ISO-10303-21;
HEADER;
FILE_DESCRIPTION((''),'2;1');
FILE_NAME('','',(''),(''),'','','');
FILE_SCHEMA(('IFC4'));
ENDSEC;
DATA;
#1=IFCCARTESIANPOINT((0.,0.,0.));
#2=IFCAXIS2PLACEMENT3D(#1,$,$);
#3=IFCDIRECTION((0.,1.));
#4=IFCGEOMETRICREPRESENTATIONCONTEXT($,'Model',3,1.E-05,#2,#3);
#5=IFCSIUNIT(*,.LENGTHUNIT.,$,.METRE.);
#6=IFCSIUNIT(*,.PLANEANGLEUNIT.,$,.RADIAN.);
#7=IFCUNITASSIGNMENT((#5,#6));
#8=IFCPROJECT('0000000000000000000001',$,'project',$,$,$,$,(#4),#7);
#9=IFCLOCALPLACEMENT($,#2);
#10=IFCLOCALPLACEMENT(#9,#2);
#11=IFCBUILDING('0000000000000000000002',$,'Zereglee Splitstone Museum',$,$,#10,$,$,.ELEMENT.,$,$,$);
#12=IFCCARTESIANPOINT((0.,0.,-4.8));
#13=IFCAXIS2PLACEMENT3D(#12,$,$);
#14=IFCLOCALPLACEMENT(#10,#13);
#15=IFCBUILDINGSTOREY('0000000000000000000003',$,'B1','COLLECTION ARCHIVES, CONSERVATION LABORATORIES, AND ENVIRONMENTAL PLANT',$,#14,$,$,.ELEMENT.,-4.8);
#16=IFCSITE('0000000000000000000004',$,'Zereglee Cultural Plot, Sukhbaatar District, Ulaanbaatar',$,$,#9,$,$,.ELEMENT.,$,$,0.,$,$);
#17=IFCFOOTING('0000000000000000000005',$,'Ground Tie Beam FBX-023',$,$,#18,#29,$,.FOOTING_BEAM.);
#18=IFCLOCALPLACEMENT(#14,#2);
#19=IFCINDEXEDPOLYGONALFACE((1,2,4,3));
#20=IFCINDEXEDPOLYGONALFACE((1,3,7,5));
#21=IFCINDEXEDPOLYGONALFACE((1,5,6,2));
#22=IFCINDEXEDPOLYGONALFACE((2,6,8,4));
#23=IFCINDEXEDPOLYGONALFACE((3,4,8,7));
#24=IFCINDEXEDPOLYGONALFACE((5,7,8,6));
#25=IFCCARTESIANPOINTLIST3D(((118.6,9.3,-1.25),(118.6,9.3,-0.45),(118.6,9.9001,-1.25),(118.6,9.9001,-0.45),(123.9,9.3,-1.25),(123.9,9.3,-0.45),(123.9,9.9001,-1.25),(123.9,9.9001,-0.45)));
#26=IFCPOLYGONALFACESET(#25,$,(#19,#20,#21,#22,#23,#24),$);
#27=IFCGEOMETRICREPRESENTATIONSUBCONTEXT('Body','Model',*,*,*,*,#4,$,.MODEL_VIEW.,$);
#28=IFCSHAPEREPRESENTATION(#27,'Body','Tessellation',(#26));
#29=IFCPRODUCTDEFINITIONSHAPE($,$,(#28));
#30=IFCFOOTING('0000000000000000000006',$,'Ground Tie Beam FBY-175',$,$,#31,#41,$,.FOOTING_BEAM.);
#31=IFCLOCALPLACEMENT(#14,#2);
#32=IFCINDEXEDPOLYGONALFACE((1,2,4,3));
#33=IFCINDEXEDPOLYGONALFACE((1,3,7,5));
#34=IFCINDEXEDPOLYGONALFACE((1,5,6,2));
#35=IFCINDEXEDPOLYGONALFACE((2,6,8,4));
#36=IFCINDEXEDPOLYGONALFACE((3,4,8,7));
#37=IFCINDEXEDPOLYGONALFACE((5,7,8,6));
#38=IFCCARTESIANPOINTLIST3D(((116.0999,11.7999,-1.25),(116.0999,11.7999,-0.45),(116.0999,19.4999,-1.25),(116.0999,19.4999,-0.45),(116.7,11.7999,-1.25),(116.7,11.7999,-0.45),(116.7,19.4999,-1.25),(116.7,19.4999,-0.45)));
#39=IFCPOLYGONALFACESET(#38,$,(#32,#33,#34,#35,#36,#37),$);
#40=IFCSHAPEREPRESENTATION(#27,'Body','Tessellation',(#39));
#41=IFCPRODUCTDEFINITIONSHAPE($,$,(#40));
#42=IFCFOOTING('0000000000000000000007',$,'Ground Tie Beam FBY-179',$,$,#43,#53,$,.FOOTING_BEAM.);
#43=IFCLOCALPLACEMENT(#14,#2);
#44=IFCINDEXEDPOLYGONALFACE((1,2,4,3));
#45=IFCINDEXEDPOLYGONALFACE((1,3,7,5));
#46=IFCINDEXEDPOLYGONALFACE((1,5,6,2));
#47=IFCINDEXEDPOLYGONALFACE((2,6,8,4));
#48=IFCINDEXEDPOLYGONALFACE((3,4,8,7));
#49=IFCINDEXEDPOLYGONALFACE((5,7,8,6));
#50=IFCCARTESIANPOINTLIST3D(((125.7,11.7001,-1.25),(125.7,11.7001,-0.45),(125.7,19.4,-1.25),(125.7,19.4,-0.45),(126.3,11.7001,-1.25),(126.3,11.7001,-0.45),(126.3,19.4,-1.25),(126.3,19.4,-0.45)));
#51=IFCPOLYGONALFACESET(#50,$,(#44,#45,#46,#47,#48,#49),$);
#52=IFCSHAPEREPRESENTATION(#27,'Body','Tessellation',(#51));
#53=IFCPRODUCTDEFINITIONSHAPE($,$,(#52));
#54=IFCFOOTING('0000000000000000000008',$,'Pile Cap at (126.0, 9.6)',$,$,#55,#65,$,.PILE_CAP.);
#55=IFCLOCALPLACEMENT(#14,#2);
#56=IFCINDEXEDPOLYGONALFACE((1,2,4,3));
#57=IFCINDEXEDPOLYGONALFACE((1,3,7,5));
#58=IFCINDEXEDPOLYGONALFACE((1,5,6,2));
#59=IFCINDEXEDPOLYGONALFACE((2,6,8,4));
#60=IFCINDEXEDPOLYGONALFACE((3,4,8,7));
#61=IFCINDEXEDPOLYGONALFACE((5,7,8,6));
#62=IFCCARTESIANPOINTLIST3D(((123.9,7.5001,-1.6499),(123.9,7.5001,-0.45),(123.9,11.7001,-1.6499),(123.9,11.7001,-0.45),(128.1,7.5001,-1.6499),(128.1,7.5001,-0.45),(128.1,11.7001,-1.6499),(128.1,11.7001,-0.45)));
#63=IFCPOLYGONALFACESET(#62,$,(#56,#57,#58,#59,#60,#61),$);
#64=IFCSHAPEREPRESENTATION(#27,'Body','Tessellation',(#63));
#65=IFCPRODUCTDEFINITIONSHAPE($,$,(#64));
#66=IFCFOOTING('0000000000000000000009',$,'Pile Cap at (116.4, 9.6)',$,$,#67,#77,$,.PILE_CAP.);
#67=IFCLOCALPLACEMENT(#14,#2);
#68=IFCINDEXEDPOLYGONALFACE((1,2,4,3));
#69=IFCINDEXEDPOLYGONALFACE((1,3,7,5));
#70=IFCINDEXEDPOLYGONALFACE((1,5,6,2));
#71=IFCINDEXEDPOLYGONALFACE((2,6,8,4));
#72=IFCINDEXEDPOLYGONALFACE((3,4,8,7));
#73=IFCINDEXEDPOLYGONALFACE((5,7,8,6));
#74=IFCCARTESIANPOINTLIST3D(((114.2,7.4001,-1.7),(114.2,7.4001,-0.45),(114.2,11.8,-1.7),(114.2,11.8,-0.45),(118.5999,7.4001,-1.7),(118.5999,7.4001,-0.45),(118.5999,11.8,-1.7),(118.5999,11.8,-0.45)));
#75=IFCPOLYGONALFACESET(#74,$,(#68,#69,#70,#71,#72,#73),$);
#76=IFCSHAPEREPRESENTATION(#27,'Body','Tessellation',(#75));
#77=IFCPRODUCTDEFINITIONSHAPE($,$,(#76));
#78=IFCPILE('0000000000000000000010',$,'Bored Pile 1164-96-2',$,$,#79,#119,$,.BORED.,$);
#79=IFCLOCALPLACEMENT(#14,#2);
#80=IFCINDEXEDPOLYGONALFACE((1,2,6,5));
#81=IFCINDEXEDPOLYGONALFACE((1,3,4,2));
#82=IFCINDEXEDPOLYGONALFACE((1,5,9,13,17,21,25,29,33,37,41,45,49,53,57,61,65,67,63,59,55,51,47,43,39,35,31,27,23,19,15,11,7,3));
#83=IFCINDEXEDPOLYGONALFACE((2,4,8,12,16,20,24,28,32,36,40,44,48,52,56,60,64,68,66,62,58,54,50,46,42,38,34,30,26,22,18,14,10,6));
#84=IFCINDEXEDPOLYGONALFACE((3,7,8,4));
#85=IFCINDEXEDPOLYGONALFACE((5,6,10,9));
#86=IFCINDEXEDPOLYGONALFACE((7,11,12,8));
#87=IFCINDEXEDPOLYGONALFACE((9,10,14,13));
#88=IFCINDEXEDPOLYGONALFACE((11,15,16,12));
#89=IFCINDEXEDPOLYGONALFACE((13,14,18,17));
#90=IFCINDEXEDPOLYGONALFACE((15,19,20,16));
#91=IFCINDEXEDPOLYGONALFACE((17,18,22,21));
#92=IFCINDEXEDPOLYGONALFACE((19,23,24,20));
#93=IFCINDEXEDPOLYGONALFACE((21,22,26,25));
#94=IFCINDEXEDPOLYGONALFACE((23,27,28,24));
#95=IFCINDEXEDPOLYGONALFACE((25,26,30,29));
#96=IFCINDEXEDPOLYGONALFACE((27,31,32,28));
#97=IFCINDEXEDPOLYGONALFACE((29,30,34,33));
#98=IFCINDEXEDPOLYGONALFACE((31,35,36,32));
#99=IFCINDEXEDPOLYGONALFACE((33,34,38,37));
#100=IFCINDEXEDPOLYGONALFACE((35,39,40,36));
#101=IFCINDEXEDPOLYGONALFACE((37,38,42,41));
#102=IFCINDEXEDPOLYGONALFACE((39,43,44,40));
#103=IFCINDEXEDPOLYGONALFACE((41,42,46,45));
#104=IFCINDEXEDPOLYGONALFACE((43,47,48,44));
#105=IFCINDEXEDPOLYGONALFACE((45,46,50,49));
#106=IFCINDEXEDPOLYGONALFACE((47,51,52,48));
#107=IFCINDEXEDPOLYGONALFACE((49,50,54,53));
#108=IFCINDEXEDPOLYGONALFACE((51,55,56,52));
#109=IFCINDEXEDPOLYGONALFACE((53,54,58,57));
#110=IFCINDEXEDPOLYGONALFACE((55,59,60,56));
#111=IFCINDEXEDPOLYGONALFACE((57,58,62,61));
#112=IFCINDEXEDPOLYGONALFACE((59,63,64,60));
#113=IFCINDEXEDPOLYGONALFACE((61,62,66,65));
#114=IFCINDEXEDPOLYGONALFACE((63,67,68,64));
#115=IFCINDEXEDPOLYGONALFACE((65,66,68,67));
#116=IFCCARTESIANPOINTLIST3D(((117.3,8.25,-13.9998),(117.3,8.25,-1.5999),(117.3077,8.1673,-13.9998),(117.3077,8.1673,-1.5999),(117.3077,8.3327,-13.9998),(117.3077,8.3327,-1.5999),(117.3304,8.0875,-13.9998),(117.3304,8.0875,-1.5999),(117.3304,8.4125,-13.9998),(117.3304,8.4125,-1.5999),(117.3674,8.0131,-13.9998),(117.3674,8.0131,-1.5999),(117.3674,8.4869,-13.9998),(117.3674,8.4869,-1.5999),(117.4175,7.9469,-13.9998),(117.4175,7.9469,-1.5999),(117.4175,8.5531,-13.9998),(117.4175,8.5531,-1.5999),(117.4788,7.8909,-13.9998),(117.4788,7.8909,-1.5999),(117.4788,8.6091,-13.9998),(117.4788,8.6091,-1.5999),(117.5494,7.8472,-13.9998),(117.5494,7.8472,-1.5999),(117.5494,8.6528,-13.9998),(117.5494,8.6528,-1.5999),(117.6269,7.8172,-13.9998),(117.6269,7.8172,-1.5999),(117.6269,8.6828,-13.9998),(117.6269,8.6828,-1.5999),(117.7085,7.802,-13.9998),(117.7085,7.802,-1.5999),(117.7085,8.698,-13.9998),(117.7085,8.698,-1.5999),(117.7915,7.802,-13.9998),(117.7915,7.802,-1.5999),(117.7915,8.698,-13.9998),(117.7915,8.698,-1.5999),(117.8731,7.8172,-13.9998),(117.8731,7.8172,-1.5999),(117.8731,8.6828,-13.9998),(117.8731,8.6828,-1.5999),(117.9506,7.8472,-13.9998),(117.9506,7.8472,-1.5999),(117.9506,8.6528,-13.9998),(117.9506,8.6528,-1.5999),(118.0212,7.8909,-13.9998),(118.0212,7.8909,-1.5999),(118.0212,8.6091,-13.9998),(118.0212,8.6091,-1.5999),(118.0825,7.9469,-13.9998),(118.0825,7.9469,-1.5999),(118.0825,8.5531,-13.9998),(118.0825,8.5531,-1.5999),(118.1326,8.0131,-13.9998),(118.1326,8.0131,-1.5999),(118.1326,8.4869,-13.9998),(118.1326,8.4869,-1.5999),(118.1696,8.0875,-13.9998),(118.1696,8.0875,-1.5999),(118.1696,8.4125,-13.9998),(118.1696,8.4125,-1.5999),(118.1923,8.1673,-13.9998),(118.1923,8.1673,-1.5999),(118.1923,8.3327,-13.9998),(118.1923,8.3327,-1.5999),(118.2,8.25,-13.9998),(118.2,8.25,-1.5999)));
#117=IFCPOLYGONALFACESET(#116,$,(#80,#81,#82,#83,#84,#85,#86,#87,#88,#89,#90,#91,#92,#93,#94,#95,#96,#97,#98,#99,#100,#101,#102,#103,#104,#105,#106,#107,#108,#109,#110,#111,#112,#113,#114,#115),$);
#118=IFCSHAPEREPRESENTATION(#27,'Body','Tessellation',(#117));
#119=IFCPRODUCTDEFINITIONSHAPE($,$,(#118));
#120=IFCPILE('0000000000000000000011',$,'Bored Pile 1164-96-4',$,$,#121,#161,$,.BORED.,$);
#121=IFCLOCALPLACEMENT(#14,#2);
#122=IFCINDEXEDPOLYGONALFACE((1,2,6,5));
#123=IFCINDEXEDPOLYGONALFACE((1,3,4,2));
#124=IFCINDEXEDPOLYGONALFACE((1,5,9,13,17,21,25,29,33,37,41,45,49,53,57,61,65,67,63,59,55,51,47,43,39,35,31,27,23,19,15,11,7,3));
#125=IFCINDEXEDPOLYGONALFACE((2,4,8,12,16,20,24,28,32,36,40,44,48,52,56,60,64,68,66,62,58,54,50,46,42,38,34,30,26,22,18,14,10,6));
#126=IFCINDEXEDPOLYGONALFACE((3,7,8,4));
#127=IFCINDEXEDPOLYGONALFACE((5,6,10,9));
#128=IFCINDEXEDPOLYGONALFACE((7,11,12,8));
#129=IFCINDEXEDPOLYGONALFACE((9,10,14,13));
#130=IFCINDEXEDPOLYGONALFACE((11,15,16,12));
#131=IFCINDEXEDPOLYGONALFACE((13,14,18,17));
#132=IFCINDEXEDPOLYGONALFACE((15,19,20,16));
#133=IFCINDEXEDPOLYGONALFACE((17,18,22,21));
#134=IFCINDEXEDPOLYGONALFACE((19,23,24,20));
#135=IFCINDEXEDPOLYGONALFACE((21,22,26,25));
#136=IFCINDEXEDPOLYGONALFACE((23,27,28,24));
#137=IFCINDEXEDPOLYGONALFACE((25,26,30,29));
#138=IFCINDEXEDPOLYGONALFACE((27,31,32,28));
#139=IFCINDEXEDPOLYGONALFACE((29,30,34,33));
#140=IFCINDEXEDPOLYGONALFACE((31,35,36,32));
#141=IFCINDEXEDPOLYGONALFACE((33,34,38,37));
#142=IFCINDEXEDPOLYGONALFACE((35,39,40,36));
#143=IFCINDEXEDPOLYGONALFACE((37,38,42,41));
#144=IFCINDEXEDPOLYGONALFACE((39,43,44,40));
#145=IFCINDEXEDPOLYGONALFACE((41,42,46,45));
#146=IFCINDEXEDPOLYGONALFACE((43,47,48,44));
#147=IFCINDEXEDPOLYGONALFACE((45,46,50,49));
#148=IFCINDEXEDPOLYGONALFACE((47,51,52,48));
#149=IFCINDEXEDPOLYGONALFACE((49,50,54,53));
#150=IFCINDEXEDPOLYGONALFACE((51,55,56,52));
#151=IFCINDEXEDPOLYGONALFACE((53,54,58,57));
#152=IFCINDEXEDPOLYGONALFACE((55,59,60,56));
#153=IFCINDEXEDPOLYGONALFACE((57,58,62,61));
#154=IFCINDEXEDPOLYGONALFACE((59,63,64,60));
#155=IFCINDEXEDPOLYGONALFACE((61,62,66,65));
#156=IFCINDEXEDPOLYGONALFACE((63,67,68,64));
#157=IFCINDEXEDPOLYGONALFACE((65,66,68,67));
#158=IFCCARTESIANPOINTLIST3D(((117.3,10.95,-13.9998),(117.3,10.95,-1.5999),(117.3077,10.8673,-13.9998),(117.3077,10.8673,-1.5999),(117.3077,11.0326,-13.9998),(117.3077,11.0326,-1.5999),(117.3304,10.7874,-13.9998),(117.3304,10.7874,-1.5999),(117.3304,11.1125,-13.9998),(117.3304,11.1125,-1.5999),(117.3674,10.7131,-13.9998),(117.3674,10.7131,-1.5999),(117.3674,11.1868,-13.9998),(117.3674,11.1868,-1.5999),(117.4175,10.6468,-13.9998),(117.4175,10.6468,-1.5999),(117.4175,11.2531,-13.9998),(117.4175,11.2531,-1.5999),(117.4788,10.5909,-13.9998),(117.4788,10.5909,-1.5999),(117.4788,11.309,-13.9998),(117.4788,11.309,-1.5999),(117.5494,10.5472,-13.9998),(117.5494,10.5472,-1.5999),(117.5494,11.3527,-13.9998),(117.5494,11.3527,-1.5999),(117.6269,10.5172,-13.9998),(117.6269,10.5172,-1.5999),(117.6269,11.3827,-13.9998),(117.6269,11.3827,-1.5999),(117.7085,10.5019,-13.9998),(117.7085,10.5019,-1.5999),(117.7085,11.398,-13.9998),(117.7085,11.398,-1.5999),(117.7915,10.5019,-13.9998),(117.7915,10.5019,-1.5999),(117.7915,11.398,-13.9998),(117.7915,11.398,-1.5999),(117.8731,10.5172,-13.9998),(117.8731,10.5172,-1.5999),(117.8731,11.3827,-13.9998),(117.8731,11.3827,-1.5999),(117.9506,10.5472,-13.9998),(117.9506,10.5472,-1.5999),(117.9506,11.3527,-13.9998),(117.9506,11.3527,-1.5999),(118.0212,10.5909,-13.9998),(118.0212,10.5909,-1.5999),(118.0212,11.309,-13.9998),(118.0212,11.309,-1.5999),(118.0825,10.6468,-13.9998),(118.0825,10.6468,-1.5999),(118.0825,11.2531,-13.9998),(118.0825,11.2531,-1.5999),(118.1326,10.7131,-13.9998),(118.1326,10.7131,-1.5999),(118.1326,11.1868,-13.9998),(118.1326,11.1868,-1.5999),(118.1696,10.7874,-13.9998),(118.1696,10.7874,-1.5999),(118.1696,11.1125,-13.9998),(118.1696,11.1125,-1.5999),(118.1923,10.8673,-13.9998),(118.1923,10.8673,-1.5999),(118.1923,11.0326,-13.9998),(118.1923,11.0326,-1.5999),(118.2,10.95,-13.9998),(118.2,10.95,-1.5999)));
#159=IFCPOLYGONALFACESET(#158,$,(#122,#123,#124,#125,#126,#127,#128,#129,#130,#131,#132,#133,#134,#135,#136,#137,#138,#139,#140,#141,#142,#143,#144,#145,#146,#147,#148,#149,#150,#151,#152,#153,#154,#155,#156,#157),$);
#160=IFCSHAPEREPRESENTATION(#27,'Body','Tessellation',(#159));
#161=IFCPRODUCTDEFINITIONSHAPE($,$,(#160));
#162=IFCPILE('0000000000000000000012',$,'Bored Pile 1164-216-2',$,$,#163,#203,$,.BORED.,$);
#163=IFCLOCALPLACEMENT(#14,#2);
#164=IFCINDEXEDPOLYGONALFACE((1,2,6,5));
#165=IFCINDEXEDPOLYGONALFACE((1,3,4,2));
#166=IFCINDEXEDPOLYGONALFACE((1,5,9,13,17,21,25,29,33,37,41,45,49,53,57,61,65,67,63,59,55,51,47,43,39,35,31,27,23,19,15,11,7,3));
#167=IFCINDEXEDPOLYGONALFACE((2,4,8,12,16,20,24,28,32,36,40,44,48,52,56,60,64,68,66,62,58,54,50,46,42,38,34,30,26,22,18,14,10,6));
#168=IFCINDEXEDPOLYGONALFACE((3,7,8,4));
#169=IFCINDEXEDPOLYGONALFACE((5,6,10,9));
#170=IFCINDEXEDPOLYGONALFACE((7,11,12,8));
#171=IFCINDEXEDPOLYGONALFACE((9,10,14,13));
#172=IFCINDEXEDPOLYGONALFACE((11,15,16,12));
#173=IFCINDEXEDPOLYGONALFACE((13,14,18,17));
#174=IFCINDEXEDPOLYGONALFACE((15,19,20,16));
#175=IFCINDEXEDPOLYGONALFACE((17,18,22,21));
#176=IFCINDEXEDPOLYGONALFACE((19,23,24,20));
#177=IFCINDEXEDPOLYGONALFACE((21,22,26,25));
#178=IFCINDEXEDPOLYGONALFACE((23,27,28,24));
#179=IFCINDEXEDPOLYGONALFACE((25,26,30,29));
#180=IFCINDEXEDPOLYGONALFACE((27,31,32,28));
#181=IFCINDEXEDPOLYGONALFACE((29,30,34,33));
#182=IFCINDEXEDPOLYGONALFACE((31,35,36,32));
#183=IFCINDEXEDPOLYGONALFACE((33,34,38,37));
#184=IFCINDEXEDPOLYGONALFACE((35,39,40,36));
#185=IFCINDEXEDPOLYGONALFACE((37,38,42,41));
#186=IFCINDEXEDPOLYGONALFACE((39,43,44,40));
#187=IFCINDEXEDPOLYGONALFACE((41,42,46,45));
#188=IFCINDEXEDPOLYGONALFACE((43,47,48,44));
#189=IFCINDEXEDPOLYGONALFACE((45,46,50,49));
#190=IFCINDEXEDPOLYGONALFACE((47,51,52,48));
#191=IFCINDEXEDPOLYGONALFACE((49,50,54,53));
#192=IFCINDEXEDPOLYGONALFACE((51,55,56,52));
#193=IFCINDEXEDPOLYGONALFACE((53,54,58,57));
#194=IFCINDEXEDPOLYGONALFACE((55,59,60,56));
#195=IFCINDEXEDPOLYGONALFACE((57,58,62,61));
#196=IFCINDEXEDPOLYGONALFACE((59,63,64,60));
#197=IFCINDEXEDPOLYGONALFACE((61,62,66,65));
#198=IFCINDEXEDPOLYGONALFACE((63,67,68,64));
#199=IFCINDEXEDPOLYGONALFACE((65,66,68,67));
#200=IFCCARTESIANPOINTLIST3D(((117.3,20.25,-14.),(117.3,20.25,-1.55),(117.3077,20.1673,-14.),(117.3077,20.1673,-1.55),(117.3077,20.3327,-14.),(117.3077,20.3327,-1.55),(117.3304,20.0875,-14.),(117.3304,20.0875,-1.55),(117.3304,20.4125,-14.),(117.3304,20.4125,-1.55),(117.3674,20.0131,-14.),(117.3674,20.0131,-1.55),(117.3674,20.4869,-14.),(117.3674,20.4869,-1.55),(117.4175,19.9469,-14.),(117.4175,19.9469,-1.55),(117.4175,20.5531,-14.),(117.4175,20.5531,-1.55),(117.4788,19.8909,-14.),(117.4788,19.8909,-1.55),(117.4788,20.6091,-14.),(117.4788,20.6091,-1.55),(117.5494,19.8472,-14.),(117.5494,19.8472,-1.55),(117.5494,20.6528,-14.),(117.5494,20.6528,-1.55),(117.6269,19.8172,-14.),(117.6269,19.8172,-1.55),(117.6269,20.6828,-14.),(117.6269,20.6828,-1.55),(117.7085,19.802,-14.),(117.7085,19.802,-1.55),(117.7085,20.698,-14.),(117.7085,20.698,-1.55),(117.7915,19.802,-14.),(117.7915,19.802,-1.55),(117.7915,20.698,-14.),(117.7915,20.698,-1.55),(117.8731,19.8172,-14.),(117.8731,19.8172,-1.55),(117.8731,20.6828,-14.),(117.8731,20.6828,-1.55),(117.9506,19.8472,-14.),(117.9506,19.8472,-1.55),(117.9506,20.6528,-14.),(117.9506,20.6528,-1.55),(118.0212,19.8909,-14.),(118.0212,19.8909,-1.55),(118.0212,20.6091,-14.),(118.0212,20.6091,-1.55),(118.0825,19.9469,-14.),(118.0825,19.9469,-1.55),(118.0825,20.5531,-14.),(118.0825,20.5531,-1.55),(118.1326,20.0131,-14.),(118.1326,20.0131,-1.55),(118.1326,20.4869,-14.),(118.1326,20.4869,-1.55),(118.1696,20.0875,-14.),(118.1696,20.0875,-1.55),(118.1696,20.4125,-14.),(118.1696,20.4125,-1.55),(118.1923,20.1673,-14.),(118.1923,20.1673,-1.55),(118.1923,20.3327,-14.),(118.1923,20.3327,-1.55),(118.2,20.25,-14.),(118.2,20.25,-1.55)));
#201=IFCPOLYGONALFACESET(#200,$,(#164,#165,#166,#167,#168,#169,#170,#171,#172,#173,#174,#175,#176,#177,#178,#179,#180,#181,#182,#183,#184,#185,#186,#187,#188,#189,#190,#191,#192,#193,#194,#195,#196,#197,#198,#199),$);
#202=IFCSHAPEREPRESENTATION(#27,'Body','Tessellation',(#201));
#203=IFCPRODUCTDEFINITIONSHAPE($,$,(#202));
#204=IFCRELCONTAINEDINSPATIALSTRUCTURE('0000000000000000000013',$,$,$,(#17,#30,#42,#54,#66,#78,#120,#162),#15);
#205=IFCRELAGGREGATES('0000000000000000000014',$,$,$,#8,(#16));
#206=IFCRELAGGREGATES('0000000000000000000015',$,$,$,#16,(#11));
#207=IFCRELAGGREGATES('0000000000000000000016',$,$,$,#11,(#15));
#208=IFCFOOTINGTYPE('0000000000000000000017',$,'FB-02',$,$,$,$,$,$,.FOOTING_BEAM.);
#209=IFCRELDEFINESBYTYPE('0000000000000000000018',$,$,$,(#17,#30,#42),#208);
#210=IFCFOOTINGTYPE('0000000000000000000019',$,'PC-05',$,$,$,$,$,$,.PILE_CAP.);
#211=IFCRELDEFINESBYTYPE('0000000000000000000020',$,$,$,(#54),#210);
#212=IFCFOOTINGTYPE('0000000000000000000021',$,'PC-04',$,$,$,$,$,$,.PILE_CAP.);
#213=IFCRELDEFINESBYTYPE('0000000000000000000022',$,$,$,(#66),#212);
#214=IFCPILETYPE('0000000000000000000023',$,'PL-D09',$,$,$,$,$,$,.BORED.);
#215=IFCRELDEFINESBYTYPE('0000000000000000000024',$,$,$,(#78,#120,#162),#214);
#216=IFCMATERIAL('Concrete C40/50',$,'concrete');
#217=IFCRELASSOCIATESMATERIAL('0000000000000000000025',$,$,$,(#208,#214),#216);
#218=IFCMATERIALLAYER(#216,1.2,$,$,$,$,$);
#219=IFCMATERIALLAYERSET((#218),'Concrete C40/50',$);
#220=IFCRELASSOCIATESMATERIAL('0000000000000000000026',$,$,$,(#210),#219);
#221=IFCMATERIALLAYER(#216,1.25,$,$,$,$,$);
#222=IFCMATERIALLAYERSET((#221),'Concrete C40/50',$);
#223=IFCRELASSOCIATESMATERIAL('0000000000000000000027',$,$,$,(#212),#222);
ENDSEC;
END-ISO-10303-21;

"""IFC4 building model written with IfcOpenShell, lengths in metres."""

from ifc_helpers import new_model, si_unit, direction, frame, origin, origin_2d, place, context, subcontext, project, spatial, rectangle, circle, extrude, material, layer, layer_set, material_profile, profile_set, type_object, element, save


model = new_model("IFC4")

# Units and contexts
model_context = context("Model", 3, precision=1e-05, world=origin(), true_north=direction((0.0, 1.0)))
body_context = subcontext(model_context, "Body", "Model", "MODEL_VIEW")
ifc_project = project(units=[si_unit("LENGTHUNIT", "METRE"), si_unit("PLANEANGLEUNIT", "RADIAN")], contexts=[model_context])

# Site, building, storey
site_placement = place(None, origin())
site = spatial("IfcSite", under=ifc_project, at=site_placement, Name="Zereglee Cultural Plot, Sukhbaatar District, Ulaanbaatar", CompositionType="ELEMENT", RefElevation=0.0)
building_placement = place(site_placement, origin())
building = spatial("IfcBuilding", under=site, at=building_placement, Name="Zereglee Splitstone Museum", CompositionType="ELEMENT")
storey_placement = place(building_placement, frame((0.0, 0.0, -4.8)))
storey = spatial("IfcBuildingStorey", under=building, at=storey_placement, Name="B1", Description="COLLECTION ARCHIVES, CONSERVATION LABORATORIES, AND ENVIRONMENTAL PLANT", CompositionType="ELEMENT", Elevation=-4.8)

# Footings
ifc_material_1 = material(Name="Concrete C40/50", Category="concrete")
footing_type_1 = type_object("IfcFootingType", Name="FB-02", PredefinedType="FOOTING_BEAM", material=ifc_material_1)
footing_1_placement = place(storey_placement, frame((121.25, 9.6001, -1.25), z_axis=(0.0, 0.0, 1.0), x_axis=(1.0, 0.0, 0.0)))
element("IfcFooting", 1, at=footing_1_placement, inside=storey, type_object=footing_type_1, Name="Ground Tie Beam FBX-023", PredefinedType="FOOTING_BEAM", context=body_context, shape_type="SweptSolid", body=[
    extrude(rectangle(XDim=5.3, YDim=0.6001, at=origin_2d()), origin(), (0.0, 0.0, 1.0), 0.8),
])
for number, where, z_axis, x_axis, name in (
    (2, (116.3999, 15.6499, -1.25), (0.0, 0.0, 1.0), (0.0, 1.0, 0.0), "Ground Tie Beam FBY-175"),
    (3, (126.0, 15.55, -1.25), (0.0, 0.0, 1.0), (0.0, 1.0, 0.0), "Ground Tie Beam FBY-179"),
):
    element("IfcFooting", number, at=place(storey_placement, frame(where, z_axis=z_axis, x_axis=x_axis)), inside=storey, type_object=footing_type_1, Name=name, PredefinedType="FOOTING_BEAM", context=body_context, shape_type="SweptSolid", body=[
        extrude(rectangle(XDim=7.7, YDim=0.6001, at=origin_2d()), origin(), (0.0, 0.0, 1.0), 0.8),
    ])
ifc_layer_1 = layer(ifc_material_1, 1.2)
ifc_layer_set_1 = layer_set([ifc_layer_1], Name="Concrete C40/50")
footing_type_2 = type_object("IfcFootingType", Name="PC-05", PredefinedType="PILE_CAP", material=ifc_layer_set_1)
footing_2_placement = place(storey_placement, frame((126.0, 9.6001, -1.6499), z_axis=(0.0, 0.0, 1.0), x_axis=(1.0, 0.0, 0.0)))
element("IfcFooting", 4, at=footing_2_placement, inside=storey, type_object=footing_type_2, Name="Pile Cap at (126.0, 9.6)", PredefinedType="PILE_CAP", context=body_context, shape_type="SweptSolid", body=[
    extrude(rectangle(XDim=4.2, YDim=4.2, at=origin_2d()), origin(), (0.0, 0.0, 1.0), 1.2),
])
ifc_layer_2 = layer(ifc_material_1, 1.25)
ifc_layer_set_2 = layer_set([ifc_layer_2], Name="Concrete C40/50")
footing_type_3 = type_object("IfcFootingType", Name="PC-04", PredefinedType="PILE_CAP", material=ifc_layer_set_2)
footing_3_placement = place(storey_placement, frame((116.3999, 9.6001, -1.7), z_axis=(0.0, 0.0, 1.0), x_axis=(1.0, 0.0, 0.0)))
element("IfcFooting", 5, at=footing_3_placement, inside=storey, type_object=footing_type_3, Name="Pile Cap at (116.4, 9.6)", PredefinedType="PILE_CAP", context=body_context, shape_type="SweptSolid", body=[
    extrude(rectangle(XDim=4.3999, YDim=4.3999, at=origin_2d()), origin(), (0.0, 0.0, 1.0), 1.25),
])

# Piles
ifc_material_profile_1 = material_profile(ifc_material_1, circle(Radius=0.45, at=origin_2d()), Name="PILE D900")
ifc_profile_set_1 = profile_set([ifc_material_profile_1], Name="Concrete C40/50")
pile_type = type_object("IfcPileType", Name="PL-D09", PredefinedType="BORED", material=ifc_profile_set_1)
for number, where, z_axis, x_axis, name in (
    (6, (117.75, 8.25, -1.5999), (0.0, 0.0, -1.0), (1.0, 0.0, 0.0), "Bored Pile 1164-96-2"),
    (7, (117.75, 10.95, -1.5999), (0.0, 0.0, -1.0), (1.0, 0.0, 0.0), "Bored Pile 1164-96-4"),
):
    element("IfcPile", number, at=place(storey_placement, frame(where, z_axis=z_axis, x_axis=x_axis)), inside=storey, type_object=pile_type, Name=name, PredefinedType="BORED", context=body_context, shape_type="SweptSolid", body=[
        extrude(circle(Radius=0.45, at=origin_2d()), origin(), (0.0, 0.0, 1.0), 12.3999),
    ])
for number, where, z_axis, x_axis, name in (
    (8, (117.75, 20.25, -1.55), (0.0, 0.0, -1.0), (1.0, 0.0, 0.0), "Bored Pile 1164-216-2"),
):
    element("IfcPile", number, at=place(storey_placement, frame(where, z_axis=z_axis, x_axis=x_axis)), inside=storey, type_object=pile_type, Name=name, PredefinedType="BORED", context=body_context, shape_type="SweptSolid", body=[
        extrude(circle(Radius=0.45, at=origin_2d()), origin(), (0.0, 0.0, 1.0), 12.45),
    ])

save(model, "model.ifc")
